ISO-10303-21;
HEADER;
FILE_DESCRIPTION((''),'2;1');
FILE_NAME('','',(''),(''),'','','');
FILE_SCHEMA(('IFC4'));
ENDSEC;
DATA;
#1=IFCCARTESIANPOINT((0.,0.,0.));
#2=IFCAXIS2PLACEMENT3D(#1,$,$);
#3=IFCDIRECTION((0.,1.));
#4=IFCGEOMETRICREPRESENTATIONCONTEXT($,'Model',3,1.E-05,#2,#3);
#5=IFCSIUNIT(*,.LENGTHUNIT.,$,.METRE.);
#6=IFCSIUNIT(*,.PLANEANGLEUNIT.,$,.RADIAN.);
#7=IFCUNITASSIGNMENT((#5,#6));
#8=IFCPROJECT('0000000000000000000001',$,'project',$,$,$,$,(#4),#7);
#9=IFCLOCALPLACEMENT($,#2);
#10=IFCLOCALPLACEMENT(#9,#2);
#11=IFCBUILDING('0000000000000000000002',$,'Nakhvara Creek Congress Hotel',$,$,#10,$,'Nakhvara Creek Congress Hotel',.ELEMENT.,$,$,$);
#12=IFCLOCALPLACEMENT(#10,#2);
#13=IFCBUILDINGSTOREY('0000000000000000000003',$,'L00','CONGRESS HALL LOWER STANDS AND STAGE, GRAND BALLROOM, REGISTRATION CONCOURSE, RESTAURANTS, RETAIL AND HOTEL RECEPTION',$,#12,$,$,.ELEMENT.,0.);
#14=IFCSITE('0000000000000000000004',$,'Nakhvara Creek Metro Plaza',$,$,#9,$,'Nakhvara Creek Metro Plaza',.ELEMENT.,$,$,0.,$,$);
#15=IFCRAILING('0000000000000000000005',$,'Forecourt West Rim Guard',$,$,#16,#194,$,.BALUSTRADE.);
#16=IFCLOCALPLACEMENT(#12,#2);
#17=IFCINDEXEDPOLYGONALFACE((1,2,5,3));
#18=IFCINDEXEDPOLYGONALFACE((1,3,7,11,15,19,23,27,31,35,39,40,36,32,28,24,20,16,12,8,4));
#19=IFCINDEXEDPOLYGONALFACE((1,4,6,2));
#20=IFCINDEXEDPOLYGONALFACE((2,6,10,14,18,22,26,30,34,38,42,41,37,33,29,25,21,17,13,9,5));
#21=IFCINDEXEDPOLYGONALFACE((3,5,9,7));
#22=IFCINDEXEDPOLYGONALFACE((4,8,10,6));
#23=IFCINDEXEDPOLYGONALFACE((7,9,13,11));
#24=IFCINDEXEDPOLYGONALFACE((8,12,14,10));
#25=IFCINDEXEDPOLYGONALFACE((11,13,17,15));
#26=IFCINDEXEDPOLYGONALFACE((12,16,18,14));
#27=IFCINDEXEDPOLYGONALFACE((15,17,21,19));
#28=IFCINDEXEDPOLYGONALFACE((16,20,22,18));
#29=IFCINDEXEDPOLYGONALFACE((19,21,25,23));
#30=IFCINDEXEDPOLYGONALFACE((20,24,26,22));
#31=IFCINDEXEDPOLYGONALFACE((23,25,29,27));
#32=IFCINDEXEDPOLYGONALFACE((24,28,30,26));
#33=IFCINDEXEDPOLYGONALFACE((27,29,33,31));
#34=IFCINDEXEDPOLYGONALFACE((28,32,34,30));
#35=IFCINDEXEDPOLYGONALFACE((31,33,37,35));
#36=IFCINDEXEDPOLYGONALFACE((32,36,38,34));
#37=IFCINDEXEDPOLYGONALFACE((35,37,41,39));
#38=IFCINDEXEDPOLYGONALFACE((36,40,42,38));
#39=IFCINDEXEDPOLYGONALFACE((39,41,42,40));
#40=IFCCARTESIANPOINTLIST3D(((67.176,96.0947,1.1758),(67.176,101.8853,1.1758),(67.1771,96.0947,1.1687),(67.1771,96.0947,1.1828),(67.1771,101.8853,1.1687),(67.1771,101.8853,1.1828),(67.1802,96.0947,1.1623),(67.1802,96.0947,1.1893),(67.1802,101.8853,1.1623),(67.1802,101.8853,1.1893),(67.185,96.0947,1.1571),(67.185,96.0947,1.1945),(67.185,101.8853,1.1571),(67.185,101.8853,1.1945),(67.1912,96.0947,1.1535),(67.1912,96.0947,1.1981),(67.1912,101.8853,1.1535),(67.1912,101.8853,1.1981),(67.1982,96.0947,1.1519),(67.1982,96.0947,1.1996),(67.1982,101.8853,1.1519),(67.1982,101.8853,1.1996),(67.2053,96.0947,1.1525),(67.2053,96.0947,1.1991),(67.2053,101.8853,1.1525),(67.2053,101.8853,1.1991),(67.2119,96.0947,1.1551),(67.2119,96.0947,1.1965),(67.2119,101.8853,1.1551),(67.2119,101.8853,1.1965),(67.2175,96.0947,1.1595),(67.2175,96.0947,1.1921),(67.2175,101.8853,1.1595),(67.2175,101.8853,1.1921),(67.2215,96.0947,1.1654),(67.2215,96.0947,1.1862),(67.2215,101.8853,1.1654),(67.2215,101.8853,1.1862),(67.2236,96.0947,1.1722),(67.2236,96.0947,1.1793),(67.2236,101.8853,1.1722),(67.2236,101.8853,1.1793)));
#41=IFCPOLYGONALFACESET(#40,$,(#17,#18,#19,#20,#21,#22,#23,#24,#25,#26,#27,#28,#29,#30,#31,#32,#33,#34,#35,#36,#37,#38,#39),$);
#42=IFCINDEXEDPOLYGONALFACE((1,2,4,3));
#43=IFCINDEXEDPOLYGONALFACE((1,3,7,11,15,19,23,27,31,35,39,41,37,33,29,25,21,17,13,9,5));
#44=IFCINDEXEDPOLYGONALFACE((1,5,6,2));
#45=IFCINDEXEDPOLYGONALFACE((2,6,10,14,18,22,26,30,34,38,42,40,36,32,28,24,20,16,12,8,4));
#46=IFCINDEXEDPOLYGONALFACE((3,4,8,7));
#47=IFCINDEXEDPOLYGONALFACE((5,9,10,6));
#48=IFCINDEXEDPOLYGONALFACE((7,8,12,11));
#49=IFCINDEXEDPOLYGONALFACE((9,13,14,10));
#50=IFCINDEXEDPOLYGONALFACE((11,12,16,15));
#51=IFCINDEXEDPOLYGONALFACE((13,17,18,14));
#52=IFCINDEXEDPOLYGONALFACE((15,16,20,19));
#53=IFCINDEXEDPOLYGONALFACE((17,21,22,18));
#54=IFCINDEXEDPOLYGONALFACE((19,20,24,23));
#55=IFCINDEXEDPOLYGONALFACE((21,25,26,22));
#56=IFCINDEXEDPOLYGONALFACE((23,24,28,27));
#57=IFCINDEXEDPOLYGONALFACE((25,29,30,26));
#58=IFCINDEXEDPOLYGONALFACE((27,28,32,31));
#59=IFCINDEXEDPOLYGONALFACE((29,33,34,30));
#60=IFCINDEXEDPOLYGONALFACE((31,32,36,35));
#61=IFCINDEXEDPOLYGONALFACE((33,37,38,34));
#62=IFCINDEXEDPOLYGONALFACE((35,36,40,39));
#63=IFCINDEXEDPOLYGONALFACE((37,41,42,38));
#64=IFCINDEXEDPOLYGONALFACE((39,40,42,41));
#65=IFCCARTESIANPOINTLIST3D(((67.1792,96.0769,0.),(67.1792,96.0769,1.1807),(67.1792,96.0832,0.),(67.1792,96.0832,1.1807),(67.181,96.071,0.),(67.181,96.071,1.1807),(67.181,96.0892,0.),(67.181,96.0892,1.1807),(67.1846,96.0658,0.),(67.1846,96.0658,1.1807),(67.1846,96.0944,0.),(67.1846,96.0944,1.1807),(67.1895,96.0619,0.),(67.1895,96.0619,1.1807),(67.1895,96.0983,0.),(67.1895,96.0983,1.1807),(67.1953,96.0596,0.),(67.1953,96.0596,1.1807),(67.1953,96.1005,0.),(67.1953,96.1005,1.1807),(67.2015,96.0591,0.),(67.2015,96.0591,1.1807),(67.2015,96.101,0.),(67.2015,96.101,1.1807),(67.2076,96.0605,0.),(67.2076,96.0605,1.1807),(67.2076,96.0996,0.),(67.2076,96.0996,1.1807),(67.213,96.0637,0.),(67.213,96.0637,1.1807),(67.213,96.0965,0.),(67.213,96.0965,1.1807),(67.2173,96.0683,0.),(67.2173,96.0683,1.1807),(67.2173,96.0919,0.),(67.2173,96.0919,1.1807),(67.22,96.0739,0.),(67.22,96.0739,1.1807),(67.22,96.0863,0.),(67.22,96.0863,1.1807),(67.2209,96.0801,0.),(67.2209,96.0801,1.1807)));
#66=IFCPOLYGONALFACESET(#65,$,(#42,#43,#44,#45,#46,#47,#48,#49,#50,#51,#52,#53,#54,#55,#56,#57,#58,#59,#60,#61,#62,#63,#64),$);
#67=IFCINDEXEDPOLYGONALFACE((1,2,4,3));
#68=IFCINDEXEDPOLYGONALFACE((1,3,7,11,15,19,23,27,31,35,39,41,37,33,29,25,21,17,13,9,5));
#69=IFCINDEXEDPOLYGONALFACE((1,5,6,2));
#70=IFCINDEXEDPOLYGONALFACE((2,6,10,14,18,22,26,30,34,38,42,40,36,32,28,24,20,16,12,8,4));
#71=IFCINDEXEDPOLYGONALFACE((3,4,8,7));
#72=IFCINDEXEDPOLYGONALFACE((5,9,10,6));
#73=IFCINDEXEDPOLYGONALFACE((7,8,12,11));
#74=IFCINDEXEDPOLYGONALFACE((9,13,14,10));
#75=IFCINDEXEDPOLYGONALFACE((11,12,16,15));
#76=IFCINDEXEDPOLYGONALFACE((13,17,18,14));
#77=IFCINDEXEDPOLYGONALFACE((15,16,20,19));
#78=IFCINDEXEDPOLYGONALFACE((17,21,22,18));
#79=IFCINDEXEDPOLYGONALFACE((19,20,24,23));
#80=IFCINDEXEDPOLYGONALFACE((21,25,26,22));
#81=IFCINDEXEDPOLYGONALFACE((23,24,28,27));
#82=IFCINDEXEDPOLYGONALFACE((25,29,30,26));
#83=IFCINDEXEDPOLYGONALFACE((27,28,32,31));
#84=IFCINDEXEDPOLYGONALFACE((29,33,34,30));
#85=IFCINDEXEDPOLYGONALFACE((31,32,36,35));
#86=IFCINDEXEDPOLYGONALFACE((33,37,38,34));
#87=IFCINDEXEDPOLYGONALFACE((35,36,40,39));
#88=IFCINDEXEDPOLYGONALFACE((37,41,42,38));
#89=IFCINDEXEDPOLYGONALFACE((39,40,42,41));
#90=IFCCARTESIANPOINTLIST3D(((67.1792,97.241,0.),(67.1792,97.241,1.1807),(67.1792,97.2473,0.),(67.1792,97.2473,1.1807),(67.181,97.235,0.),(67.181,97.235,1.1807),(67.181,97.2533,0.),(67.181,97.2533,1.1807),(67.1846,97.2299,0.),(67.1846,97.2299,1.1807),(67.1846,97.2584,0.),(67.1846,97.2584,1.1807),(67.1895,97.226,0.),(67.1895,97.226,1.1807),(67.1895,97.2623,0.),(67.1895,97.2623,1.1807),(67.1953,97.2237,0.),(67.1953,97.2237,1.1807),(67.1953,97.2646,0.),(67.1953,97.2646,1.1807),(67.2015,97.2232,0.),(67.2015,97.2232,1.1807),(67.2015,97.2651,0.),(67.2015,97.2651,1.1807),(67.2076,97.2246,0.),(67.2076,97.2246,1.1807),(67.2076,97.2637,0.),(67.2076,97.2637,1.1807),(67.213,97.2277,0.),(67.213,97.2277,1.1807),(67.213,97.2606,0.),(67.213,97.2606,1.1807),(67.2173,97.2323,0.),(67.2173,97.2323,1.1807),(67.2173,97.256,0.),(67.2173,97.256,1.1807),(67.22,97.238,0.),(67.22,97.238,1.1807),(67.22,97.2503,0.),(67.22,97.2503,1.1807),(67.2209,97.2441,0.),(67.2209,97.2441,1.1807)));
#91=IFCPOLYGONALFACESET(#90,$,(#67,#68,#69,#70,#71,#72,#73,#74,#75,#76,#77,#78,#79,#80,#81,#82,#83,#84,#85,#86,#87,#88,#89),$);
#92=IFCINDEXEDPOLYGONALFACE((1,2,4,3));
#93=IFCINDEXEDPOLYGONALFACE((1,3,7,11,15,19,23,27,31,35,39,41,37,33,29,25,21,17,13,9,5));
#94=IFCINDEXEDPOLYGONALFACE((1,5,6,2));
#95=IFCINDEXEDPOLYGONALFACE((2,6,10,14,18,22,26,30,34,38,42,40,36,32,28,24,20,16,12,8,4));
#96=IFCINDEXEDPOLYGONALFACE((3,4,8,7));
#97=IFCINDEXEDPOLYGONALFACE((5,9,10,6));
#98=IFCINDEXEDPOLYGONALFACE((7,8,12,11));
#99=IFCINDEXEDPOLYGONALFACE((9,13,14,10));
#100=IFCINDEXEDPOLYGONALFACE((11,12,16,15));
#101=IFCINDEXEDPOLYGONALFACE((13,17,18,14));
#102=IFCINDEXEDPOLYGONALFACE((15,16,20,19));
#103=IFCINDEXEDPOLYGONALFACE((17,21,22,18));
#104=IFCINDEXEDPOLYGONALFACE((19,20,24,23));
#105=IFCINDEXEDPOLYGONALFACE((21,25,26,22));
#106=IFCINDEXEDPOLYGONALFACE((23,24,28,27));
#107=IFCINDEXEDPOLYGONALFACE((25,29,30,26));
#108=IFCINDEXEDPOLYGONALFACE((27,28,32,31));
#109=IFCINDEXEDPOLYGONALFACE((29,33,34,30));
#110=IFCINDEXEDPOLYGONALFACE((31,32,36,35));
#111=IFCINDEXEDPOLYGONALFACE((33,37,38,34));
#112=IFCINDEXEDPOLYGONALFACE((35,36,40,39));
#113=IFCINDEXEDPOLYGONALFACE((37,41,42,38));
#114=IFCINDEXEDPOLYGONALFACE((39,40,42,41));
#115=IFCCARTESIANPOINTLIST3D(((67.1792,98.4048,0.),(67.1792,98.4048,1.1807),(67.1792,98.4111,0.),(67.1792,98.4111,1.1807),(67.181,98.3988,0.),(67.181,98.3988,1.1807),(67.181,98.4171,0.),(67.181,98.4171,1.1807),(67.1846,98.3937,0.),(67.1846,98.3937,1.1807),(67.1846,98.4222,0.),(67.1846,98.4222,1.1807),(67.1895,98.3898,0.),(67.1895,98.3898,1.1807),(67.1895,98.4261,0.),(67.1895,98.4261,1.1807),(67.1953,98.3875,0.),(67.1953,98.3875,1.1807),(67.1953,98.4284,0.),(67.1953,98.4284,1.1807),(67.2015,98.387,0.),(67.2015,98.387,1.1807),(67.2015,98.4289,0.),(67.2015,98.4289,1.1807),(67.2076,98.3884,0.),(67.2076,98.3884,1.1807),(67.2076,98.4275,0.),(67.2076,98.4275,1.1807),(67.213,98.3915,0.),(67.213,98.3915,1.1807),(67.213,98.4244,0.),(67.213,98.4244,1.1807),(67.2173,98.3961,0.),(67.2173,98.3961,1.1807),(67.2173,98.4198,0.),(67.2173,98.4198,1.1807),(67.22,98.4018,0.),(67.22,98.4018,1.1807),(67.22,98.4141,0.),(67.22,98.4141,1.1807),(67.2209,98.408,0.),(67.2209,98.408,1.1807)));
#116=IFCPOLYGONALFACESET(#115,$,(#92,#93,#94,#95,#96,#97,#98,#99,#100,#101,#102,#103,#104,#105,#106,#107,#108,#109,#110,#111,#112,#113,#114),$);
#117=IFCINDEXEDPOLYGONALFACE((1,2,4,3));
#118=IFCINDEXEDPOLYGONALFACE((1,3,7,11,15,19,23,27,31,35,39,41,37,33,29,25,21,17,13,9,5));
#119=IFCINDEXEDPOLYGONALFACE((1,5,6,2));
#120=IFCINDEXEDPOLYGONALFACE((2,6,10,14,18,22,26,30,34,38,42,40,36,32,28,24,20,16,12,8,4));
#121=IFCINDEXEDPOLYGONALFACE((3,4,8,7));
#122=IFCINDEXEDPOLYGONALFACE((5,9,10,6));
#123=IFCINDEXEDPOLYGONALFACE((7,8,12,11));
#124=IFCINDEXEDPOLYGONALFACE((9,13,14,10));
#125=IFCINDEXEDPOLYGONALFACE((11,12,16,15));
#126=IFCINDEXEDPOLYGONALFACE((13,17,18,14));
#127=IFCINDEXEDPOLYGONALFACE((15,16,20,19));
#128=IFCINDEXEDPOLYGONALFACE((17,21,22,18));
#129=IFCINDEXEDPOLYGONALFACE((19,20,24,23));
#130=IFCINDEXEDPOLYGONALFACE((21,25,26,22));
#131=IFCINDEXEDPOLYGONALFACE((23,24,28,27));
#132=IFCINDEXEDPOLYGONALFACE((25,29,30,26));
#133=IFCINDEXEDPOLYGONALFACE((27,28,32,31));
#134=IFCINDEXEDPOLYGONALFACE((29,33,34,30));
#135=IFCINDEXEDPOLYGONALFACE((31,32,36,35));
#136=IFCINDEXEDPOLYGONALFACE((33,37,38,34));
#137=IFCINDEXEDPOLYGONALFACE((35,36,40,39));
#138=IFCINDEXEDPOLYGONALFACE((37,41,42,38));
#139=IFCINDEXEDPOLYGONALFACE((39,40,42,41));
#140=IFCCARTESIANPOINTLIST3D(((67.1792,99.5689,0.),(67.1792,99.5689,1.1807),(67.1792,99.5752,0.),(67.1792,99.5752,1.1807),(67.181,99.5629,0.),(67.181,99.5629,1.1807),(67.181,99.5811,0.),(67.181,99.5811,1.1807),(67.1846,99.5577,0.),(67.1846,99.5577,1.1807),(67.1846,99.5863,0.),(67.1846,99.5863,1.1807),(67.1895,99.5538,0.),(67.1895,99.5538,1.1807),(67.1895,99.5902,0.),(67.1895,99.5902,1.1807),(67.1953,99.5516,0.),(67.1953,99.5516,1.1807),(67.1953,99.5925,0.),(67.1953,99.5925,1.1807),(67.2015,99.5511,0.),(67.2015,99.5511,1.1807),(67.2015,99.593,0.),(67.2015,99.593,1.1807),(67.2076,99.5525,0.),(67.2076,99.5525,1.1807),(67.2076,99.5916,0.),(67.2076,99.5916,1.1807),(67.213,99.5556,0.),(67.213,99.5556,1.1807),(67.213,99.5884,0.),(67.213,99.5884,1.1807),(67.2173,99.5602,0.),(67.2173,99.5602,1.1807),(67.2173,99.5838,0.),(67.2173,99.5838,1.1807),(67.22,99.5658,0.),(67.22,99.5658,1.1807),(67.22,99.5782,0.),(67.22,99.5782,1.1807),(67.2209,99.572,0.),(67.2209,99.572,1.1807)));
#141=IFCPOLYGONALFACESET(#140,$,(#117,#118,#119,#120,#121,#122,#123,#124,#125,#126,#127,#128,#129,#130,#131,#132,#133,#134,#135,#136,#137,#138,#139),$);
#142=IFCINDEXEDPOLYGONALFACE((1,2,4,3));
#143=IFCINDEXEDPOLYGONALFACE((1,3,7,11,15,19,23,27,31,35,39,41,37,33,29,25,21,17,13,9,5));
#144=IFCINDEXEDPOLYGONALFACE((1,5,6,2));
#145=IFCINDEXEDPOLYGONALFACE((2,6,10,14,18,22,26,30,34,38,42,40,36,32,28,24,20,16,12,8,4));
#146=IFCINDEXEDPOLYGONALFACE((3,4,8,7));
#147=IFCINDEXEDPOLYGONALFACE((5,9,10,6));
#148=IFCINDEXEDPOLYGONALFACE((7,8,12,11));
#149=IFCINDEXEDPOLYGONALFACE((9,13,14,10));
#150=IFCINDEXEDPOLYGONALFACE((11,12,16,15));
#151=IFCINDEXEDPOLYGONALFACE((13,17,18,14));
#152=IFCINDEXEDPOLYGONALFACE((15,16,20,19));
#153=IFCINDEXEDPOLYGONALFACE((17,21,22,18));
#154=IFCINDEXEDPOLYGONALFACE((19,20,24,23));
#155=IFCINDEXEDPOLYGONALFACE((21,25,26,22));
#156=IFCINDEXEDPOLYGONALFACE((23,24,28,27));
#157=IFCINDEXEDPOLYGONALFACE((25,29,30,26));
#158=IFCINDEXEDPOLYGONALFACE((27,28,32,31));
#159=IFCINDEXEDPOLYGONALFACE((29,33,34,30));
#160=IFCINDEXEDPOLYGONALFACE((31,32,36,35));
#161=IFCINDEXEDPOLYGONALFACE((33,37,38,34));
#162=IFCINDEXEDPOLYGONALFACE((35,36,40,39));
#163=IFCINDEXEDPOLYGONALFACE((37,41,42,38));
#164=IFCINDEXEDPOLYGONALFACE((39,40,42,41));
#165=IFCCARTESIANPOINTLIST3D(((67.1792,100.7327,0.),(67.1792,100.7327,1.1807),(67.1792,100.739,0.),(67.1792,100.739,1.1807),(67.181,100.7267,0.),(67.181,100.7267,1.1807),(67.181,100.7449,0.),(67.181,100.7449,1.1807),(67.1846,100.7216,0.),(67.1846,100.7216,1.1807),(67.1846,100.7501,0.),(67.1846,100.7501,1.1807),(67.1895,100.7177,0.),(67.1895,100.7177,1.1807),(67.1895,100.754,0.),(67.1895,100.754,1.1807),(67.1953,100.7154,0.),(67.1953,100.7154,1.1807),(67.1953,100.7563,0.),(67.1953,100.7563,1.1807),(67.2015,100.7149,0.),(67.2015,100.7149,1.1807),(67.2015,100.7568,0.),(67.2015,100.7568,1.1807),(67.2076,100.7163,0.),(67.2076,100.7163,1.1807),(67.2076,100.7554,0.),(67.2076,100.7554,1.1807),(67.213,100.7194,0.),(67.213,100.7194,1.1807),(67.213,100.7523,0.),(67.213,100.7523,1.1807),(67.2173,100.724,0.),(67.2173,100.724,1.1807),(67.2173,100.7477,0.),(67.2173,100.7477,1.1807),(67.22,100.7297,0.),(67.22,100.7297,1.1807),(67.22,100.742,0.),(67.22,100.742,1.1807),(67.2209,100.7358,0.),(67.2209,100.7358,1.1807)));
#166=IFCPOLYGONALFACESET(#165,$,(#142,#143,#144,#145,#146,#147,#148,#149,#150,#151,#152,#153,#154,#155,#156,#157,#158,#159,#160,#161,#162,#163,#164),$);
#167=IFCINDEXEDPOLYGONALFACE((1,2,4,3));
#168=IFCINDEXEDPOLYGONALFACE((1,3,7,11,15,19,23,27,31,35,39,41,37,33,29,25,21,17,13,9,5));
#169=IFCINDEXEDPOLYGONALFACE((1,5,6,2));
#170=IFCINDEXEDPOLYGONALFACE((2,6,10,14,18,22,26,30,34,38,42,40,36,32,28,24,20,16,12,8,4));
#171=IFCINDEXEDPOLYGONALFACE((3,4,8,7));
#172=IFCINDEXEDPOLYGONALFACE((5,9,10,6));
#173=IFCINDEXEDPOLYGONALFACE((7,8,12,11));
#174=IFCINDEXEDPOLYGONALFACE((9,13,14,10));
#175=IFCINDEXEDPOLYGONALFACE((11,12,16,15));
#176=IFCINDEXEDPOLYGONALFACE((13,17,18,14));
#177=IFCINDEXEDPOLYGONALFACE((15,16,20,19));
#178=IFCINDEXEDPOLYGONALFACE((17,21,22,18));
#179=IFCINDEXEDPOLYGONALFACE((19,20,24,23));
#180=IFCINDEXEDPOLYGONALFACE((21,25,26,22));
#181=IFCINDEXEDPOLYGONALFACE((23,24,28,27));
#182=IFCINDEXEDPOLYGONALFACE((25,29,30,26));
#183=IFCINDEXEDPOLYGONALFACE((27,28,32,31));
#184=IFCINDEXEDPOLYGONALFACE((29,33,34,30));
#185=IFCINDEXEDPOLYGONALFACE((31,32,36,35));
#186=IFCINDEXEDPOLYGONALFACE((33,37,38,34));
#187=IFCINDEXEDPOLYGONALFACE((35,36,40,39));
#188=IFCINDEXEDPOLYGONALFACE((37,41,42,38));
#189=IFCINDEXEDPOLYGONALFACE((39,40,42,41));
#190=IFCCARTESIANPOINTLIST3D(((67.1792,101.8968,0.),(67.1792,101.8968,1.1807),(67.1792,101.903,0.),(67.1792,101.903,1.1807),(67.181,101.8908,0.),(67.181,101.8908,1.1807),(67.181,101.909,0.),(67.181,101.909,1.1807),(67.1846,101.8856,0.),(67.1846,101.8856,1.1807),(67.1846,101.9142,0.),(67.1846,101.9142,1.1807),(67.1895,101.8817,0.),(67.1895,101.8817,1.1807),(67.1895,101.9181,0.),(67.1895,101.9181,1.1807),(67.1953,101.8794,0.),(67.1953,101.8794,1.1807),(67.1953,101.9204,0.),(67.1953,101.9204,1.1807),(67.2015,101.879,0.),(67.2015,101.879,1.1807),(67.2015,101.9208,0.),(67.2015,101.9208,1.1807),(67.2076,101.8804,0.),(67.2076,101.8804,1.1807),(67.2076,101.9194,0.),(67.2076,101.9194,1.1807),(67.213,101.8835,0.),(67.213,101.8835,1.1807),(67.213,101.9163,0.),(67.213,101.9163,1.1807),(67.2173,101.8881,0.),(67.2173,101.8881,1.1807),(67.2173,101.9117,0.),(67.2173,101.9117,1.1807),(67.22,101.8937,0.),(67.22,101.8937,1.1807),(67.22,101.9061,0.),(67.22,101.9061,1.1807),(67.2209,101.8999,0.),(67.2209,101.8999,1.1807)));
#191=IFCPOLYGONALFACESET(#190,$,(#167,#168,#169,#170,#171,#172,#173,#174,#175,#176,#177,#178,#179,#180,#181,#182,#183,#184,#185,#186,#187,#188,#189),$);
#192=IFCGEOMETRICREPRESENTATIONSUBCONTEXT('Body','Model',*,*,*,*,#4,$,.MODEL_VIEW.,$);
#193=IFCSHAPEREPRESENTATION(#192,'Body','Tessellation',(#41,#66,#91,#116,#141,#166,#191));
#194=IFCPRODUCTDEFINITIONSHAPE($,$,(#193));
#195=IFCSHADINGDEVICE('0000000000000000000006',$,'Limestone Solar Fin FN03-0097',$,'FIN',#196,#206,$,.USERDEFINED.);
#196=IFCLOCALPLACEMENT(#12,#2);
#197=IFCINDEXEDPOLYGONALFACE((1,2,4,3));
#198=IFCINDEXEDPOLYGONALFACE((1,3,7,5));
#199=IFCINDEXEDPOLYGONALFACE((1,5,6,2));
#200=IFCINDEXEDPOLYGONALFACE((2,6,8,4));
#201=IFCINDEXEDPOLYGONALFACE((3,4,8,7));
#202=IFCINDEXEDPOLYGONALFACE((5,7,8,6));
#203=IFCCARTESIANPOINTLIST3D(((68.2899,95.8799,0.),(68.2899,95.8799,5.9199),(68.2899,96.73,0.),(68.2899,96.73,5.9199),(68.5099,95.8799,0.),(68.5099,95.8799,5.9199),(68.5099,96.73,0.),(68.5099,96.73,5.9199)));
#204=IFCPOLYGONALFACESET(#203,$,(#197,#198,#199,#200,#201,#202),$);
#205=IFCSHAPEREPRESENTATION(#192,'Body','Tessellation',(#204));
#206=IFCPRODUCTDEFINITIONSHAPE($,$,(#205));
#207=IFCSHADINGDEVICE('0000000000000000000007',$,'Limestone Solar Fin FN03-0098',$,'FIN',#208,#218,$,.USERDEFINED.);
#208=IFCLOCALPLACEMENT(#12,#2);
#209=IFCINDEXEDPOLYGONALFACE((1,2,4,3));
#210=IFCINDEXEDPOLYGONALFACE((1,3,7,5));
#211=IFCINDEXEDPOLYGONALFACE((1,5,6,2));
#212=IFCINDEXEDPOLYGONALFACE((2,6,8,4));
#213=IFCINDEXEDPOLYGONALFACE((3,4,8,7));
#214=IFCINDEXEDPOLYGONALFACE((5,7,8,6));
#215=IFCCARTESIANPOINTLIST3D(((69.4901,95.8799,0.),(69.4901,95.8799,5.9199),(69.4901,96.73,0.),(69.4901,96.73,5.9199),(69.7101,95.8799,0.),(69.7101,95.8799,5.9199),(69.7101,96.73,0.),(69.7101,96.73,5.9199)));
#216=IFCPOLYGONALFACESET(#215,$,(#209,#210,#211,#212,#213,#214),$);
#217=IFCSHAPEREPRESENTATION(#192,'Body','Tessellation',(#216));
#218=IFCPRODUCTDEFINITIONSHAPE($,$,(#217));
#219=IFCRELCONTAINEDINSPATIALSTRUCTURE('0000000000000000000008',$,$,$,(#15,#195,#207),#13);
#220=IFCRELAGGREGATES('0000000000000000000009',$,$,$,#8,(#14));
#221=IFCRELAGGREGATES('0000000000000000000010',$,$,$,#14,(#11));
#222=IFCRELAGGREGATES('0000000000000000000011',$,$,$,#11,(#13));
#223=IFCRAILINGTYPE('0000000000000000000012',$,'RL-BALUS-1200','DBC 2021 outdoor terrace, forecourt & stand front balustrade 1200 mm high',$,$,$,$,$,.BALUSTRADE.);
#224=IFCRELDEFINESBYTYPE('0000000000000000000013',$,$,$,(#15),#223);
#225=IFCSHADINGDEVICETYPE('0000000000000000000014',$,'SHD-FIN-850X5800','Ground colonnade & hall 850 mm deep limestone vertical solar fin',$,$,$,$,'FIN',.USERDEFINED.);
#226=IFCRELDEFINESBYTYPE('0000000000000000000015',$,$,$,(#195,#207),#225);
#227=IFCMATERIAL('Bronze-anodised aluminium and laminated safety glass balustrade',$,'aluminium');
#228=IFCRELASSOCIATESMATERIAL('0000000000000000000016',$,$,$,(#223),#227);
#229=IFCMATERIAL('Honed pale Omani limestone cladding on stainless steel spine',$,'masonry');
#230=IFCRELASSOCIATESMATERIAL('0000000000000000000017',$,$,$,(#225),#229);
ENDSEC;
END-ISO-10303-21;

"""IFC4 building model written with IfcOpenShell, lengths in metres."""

from ifc_helpers import new_model, si_unit, direction, frame, origin, origin_2d, place, context, subcontext, project, spatial, rectangle, circle, extrude, material, type_object, element, save


model = new_model("IFC4")

# Units and contexts
model_context = context("Model", 3, precision=1e-05, world=origin(), true_north=direction((0.0, 1.0)))
body_context = subcontext(model_context, "Body", "Model", "MODEL_VIEW")
ifc_project = project(units=[si_unit("LENGTHUNIT", "METRE"), si_unit("PLANEANGLEUNIT", "RADIAN")], contexts=[model_context])

# Site, building, storey
site_placement = place(None, origin())
site = spatial("IfcSite", under=ifc_project, at=site_placement, Name="Nakhvara Creek Metro Plaza", LongName="Nakhvara Creek Metro Plaza", CompositionType="ELEMENT", RefElevation=0.0)
building_placement = place(site_placement, origin())
building = spatial("IfcBuilding", under=site, at=building_placement, Name="Nakhvara Creek Congress Hotel", LongName="Nakhvara Creek Congress Hotel", CompositionType="ELEMENT")
storey_placement = place(building_placement, origin())
storey = spatial("IfcBuildingStorey", under=building, at=storey_placement, Name="L00", Description="CONGRESS HALL LOWER STANDS AND STAGE, GRAND BALLROOM, REGISTRATION CONCOURSE, RESTAURANTS, RETAIL AND HOTEL RECEPTION", CompositionType="ELEMENT", Elevation=0.0)

# Railing
ifc_material_1 = material(Name="Bronze-anodised aluminium and laminated safety glass balustrade", Category="aluminium")
railing_type = type_object("IfcRailingType", Name="RL-BALUS-1200", Description="DBC 2021 outdoor terrace, forecourt & stand front balustrade 1200 mm high", PredefinedType="BALUSTRADE", material=ifc_material_1)
railing_1_placement = place(storey_placement, frame((67.2, 96.0801, 0.0)))
element("IfcRailing", 1, at=railing_1_placement, inside=storey, type_object=railing_type, Name="Forecourt West Rim Guard", PredefinedType="BALUSTRADE", context=body_context, shape_type="SweptSolid", body=[
    extrude(circle(Radius=0.0239, at=origin_2d()), frame((0.0, 0.0146, 1.1758), z_axis=(0.0, 1.0, 0.0), x_axis=(-1.0, 0.0, 0.0)), (0.0, 0.0, 1.0), 5.7905),
    extrude(circle(Radius=0.021, at=origin_2d()), origin(), (0.0, 0.0, 1.0), 1.1807),
    extrude(circle(Radius=0.021, at=origin_2d()), frame((0.0, 1.1641, 0.0)), (0.0, 0.0, 1.0), 1.1807),
    extrude(circle(Radius=0.021, at=origin_2d()), frame((0.0, 2.3279, 0.0)), (0.0, 0.0, 1.0), 1.1807),
    extrude(circle(Radius=0.021, at=origin_2d()), frame((0.0, 3.4919, 0.0)), (0.0, 0.0, 1.0), 1.1807),
    extrude(circle(Radius=0.021, at=origin_2d()), frame((0.0, 4.6558, 0.0)), (0.0, 0.0, 1.0), 1.1807),
    extrude(circle(Radius=0.021, at=origin_2d()), frame((0.0, 5.8198, 0.0)), (0.0, 0.0, 1.0), 1.1807),
])

# Shading devices
ifc_material_2 = material(Name="Honed pale Omani limestone cladding on stainless steel spine", Category="masonry")
shading_device_type = type_object("IfcShadingDeviceType", Name="SHD-FIN-850X5800", Description="Ground colonnade & hall 850 mm deep limestone vertical solar fin", ElementType="FIN", PredefinedType="USERDEFINED", material=ifc_material_2)
for number, where, z_axis, x_axis, name in (
    (2, (68.3999, 96.3049, 0.0), (0.0, 0.0, 1.0), (1.0, 0.0, 0.0), "Limestone Solar Fin FN03-0097"),
    (3, (69.6001, 96.3049, 0.0), (0.0, 0.0, 1.0), (1.0, 0.0, 0.0), "Limestone Solar Fin FN03-0098"),
):
    element("IfcShadingDevice", number, at=place(storey_placement, frame(where, z_axis=z_axis, x_axis=x_axis)), inside=storey, type_object=shading_device_type, Name=name, ObjectType="FIN", PredefinedType="USERDEFINED", context=body_context, shape_type="SweptSolid", body=[
        extrude(rectangle(XDim=0.22, YDim=0.8501, at=origin_2d()), origin(), (0.0, 0.0, 1.0), 5.9199),
    ])

save(model, "model.ifc")
